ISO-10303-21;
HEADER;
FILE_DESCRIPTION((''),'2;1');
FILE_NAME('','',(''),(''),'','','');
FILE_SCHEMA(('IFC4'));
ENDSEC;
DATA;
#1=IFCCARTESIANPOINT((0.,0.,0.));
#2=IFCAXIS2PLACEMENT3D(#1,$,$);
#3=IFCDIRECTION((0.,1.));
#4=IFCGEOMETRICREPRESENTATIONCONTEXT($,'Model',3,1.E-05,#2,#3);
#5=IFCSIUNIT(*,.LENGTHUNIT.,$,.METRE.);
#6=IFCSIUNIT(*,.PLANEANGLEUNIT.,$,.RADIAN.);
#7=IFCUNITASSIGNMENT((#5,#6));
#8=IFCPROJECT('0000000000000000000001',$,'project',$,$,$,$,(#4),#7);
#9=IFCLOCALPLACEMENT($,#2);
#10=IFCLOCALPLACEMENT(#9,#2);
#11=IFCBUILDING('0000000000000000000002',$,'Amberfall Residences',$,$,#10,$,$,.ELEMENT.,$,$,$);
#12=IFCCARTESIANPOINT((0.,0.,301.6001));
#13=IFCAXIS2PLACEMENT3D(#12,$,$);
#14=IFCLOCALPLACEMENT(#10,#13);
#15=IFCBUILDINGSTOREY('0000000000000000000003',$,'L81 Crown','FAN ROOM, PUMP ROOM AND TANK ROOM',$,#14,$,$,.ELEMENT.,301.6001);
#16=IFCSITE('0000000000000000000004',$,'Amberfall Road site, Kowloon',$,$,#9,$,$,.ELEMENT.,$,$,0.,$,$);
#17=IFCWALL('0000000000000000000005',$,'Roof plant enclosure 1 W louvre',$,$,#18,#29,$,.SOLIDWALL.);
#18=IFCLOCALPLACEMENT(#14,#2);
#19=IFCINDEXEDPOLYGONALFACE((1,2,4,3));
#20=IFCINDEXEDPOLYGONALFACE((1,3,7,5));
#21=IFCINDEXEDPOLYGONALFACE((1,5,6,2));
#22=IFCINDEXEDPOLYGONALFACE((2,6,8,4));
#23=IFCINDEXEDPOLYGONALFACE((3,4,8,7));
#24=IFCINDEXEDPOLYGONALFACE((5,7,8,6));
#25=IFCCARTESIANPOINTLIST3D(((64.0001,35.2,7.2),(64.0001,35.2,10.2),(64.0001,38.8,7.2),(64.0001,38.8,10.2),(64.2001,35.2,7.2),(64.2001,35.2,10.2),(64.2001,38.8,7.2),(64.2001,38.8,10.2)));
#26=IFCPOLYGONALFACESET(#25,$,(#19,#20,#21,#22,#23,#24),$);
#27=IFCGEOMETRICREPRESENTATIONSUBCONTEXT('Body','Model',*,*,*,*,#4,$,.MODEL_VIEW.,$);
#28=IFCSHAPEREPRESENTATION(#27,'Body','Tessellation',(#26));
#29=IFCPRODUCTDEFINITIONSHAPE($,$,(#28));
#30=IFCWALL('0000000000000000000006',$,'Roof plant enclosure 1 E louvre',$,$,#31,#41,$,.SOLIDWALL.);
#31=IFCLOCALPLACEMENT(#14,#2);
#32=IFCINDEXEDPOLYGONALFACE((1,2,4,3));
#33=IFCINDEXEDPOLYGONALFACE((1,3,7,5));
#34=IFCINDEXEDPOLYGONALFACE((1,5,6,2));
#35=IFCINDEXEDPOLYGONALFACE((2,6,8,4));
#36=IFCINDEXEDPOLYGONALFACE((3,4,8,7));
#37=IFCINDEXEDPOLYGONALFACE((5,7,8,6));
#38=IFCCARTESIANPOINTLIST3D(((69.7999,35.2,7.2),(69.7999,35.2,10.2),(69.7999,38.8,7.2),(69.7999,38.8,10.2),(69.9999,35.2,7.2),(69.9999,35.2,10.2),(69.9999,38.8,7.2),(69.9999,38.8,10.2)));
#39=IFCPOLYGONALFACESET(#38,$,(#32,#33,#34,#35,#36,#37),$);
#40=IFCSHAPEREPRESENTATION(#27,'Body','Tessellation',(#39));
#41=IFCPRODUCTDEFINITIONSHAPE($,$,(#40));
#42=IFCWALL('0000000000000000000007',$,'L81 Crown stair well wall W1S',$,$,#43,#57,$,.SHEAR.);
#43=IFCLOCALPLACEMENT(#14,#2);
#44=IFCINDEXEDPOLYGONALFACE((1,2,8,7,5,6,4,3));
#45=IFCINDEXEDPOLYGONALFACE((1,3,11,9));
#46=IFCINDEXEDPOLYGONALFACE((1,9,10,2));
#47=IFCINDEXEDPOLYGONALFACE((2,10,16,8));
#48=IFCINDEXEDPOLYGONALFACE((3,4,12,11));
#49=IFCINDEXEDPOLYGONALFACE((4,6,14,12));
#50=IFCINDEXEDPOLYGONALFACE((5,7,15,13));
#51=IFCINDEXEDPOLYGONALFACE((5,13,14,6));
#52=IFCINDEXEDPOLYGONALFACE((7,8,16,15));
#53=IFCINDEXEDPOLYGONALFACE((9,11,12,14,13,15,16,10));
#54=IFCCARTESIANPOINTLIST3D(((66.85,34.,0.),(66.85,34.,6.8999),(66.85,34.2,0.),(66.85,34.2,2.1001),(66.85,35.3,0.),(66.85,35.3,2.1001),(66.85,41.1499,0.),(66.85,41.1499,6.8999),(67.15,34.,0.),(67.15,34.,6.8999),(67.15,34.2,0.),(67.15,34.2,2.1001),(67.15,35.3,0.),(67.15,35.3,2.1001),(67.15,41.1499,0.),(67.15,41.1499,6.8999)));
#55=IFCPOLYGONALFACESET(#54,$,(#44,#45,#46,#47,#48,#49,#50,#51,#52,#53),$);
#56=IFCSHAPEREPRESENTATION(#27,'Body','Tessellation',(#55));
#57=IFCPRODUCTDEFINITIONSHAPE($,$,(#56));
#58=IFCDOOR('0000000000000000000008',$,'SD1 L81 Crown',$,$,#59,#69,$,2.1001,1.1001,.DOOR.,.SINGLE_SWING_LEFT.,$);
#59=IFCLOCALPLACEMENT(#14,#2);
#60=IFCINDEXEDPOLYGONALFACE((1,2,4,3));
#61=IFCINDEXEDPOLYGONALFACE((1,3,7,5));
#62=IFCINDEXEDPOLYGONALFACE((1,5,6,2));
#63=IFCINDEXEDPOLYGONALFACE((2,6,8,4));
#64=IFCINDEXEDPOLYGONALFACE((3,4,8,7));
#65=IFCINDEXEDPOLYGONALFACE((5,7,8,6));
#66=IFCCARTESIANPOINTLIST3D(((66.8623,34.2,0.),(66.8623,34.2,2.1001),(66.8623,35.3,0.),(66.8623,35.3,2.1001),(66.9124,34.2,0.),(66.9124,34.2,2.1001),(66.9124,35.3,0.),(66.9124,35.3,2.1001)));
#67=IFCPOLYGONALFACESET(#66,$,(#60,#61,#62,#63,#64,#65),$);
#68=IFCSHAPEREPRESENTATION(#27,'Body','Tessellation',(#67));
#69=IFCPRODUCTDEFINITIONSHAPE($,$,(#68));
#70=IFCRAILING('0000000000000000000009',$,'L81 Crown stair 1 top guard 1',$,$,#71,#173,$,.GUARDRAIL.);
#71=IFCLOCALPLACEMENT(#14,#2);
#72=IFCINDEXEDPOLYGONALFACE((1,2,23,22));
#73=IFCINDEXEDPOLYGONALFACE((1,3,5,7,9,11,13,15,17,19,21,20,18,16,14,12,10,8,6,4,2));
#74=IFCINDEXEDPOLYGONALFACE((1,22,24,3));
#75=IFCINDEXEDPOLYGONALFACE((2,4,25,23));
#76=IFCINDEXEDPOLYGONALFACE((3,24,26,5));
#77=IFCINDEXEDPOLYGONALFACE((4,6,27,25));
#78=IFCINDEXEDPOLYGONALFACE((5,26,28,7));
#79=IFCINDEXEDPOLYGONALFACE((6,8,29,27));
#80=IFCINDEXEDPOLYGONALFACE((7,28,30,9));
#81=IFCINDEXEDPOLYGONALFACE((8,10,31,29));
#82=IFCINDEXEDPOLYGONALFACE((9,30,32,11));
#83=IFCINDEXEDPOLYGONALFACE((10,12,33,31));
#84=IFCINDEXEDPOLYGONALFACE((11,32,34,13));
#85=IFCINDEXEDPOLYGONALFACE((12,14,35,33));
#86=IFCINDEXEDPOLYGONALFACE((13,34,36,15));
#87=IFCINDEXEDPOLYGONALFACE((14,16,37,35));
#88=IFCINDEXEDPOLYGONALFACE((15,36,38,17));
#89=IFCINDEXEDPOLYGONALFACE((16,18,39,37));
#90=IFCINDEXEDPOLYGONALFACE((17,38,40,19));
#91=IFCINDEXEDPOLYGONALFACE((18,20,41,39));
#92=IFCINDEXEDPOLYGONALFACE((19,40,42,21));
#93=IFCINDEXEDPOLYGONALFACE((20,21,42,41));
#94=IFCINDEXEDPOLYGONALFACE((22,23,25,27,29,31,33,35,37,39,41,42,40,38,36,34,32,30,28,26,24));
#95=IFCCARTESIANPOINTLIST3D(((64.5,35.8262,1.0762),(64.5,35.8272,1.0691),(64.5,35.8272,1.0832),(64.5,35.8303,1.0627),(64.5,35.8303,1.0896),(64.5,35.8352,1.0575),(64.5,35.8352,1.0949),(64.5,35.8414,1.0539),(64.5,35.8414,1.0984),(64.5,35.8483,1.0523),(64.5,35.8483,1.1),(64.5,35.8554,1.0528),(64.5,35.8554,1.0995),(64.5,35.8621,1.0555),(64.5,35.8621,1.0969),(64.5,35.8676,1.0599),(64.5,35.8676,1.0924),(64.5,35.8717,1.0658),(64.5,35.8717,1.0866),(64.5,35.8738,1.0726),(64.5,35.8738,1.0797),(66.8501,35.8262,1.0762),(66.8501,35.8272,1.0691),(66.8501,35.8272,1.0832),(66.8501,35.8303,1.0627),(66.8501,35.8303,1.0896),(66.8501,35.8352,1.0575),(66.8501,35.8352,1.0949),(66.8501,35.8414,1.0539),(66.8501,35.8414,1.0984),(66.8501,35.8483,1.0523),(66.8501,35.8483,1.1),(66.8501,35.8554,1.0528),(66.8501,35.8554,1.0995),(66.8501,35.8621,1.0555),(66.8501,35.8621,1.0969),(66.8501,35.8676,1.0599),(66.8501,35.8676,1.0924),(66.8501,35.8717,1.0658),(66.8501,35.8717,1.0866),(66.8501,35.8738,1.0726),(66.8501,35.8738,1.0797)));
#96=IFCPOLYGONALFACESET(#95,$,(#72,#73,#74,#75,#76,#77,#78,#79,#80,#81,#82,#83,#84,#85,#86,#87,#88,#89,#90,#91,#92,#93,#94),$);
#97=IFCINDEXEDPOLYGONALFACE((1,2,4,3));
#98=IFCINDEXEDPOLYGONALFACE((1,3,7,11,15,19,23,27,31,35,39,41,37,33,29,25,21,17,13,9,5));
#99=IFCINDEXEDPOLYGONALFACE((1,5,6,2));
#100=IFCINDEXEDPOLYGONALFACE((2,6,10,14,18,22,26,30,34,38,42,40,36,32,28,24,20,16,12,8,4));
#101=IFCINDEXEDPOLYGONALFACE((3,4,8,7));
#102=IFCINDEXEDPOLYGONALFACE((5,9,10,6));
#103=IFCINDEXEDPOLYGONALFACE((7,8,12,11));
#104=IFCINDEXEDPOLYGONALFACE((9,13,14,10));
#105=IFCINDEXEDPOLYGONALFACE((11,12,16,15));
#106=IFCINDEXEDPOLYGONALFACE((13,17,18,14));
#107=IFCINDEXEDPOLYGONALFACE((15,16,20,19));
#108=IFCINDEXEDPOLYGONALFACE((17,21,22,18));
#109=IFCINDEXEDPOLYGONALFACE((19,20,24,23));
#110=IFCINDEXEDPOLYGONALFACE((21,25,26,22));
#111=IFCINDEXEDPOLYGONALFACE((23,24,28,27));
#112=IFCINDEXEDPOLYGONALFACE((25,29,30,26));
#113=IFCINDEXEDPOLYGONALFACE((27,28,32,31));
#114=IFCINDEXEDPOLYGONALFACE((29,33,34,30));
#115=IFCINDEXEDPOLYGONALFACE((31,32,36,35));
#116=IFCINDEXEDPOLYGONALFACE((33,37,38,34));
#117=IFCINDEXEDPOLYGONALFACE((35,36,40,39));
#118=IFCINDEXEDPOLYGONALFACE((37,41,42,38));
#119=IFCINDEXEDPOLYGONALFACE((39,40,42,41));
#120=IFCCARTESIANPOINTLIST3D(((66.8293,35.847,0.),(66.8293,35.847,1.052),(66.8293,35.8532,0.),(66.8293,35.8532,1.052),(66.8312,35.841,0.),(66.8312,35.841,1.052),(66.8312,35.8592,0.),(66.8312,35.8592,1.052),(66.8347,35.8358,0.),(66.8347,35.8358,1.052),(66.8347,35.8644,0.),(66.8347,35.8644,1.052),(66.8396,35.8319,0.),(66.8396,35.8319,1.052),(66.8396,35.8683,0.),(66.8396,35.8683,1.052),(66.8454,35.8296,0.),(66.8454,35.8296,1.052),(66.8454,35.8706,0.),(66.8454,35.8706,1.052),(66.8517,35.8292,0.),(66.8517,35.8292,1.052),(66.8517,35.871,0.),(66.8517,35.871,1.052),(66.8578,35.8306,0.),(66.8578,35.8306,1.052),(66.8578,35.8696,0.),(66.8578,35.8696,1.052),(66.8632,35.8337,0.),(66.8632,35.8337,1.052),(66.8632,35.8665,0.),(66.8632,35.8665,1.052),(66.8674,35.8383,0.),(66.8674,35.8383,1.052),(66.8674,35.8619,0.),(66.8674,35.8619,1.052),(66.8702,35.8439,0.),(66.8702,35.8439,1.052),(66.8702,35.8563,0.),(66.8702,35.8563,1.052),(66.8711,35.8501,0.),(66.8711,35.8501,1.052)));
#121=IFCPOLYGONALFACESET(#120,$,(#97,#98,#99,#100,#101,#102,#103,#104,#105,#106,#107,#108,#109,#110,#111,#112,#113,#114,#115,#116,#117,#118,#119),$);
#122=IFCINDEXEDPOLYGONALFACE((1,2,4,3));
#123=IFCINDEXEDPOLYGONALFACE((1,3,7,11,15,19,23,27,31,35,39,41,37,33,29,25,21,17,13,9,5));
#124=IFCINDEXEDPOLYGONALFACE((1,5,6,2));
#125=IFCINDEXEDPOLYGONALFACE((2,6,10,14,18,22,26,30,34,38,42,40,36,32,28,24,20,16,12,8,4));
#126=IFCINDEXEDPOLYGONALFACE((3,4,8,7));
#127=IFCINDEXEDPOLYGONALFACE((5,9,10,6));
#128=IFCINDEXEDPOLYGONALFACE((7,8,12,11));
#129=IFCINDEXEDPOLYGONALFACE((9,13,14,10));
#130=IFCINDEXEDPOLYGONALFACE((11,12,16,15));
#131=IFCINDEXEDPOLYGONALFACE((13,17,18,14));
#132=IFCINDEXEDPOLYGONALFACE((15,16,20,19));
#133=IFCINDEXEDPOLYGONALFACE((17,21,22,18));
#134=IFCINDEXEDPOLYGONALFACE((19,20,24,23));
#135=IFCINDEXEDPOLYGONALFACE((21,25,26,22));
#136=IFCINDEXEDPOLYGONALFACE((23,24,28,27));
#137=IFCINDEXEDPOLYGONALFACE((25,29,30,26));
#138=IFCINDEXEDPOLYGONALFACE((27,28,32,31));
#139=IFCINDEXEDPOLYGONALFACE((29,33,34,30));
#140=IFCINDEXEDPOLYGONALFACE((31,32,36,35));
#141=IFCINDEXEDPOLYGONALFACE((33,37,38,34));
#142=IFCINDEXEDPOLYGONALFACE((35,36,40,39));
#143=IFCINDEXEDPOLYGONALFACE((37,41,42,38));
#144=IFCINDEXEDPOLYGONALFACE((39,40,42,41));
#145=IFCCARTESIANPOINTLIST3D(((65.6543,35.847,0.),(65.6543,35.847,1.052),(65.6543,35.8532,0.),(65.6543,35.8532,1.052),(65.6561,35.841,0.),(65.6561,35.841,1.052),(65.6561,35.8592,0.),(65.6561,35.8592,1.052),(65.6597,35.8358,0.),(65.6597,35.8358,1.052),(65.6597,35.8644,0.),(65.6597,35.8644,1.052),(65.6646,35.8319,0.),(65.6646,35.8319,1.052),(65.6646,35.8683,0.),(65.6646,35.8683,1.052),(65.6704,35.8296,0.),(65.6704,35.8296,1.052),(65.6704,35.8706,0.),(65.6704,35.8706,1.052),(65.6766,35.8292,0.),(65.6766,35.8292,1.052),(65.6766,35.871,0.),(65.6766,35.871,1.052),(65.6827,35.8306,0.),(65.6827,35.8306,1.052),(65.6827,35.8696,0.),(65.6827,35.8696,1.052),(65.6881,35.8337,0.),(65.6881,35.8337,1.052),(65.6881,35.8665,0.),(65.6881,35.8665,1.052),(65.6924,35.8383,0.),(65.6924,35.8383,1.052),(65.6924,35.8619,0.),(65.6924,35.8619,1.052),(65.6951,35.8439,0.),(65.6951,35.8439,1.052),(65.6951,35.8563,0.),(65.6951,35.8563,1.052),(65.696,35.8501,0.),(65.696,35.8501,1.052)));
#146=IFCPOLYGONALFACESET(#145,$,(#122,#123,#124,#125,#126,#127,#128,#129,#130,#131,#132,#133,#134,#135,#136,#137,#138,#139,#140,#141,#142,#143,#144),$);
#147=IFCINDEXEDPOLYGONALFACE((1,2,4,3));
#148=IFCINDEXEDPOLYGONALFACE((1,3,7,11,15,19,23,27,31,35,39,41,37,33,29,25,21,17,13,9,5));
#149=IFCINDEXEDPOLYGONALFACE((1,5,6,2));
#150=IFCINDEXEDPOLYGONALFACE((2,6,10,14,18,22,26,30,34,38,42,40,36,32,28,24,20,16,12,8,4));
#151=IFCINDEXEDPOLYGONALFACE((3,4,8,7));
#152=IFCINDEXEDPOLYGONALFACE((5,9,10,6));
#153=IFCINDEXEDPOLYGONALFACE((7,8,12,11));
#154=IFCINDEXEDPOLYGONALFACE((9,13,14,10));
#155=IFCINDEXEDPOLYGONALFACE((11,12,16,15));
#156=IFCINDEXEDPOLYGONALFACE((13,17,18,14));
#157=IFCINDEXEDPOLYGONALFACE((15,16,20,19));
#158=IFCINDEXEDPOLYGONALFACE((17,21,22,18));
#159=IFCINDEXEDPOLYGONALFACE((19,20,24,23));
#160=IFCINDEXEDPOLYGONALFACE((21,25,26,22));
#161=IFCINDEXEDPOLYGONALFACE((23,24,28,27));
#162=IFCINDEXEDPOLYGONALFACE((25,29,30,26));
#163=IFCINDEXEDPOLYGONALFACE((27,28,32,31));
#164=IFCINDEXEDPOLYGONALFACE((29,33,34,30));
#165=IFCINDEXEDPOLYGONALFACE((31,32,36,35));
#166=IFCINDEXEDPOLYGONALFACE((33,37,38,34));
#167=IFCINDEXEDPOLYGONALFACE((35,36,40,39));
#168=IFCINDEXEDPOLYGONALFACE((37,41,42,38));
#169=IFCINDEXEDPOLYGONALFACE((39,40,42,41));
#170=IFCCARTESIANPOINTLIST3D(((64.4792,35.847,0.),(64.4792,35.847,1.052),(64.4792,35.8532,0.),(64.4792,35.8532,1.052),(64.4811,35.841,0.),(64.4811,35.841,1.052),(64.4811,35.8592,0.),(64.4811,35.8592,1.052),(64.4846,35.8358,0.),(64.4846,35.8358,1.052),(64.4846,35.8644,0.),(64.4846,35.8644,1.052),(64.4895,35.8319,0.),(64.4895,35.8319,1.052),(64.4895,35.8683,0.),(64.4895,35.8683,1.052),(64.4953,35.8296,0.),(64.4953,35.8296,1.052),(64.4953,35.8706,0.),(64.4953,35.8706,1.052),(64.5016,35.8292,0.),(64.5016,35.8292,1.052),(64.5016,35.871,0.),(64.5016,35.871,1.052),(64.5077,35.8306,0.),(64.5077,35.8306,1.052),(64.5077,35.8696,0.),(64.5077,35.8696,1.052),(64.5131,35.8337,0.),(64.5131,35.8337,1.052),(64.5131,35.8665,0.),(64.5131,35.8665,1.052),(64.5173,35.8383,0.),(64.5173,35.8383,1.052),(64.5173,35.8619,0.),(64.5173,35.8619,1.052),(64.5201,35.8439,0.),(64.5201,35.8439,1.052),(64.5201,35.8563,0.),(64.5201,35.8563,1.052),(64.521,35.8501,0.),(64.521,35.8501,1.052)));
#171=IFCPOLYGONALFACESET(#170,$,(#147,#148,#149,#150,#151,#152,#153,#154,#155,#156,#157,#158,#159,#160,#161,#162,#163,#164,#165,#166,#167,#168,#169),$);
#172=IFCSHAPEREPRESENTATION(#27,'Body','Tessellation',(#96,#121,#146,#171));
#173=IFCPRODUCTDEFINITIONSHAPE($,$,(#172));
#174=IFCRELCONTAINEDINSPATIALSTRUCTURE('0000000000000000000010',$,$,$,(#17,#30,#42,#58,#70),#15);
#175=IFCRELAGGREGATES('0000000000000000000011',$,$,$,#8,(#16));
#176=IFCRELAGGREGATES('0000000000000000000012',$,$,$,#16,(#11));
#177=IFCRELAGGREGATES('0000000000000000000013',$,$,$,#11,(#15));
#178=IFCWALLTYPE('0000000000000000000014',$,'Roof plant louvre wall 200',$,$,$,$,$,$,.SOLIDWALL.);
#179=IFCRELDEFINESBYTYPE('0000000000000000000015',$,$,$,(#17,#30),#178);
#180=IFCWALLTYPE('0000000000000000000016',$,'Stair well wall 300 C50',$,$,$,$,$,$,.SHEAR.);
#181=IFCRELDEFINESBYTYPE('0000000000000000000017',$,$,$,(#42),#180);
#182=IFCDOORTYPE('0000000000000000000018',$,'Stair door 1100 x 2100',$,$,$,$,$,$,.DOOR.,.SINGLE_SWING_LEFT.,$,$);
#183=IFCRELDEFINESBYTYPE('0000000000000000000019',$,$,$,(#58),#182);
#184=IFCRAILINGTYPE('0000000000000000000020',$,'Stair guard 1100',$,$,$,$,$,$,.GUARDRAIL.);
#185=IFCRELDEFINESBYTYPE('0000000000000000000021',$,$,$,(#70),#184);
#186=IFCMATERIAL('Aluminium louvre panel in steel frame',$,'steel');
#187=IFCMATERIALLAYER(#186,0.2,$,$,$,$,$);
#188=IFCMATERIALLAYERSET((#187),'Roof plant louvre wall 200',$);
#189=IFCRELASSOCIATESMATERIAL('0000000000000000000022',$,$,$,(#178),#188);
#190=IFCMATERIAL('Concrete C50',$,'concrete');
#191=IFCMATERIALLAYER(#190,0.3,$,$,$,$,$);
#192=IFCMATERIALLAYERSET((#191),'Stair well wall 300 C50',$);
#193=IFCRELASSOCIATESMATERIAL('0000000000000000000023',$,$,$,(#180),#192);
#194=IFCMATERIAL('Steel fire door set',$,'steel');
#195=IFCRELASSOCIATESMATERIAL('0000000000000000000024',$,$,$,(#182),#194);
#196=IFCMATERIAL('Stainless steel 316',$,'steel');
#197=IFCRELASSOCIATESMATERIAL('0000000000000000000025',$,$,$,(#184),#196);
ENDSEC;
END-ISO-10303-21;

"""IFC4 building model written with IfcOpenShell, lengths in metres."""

from ifc_helpers import new_model, si_unit, direction, frame, frame_2d, origin, origin_2d, place, context, subcontext, project, spatial, rectangle, circle, extrude, material, layer, layer_set, type_object, element, fill, save


model = new_model("IFC4")

# Units and contexts
model_context = context("Model", 3, precision=1e-05, world=origin(), true_north=direction((0.0, 1.0)))
body_context = subcontext(model_context, "Body", "Model", "MODEL_VIEW")
ifc_project = project(units=[si_unit("LENGTHUNIT", "METRE"), si_unit("PLANEANGLEUNIT", "RADIAN")], contexts=[model_context])

# Site, building, storey
site_placement = place(None, origin())
site = spatial("IfcSite", under=ifc_project, at=site_placement, Name="Amberfall Road site, Kowloon", CompositionType="ELEMENT", RefElevation=0.0)
building_placement = place(site_placement, origin())
building = spatial("IfcBuilding", under=site, at=building_placement, Name="Amberfall Residences", CompositionType="ELEMENT")
storey_placement = place(building_placement, frame((0.0, 0.0, 301.6001)))
storey = spatial("IfcBuildingStorey", under=building, at=storey_placement, Name="L81 Crown", Description="FAN ROOM, PUMP ROOM AND TANK ROOM", CompositionType="ELEMENT", Elevation=301.6001)

# Shared definitions
ifc_material_1 = material(Name="Steel fire door set", Category="steel")

# Shared definitions
ifc_material_2 = material(Name="Concrete C50", Category="concrete")

# Shared definitions
ifc_material_3 = material(Name="Aluminium louvre panel in steel frame", Category="steel")
ifc_layer_1 = layer(ifc_material_3, 0.2)
ifc_layer_set_1 = layer_set([ifc_layer_1], Name="Roof plant louvre wall 200")
wall_type_1 = type_object("IfcWallType", Name="Roof plant louvre wall 200", PredefinedType="SOLIDWALL", material=ifc_layer_set_1)

# Walls
for number, where, z_axis, x_axis, name in (
    (1, (64.1001, 35.2, 7.2), (0.0, 0.0, 1.0), (0.0, 1.0, 0.0), "Roof plant enclosure 1 W louvre"),
    (2, (69.8999, 35.2, 7.2), (0.0, 0.0, 1.0), (0.0, 1.0, 0.0), "Roof plant enclosure 1 E louvre"),
):
    element("IfcWall", number, at=place(storey_placement, frame(where, z_axis=z_axis, x_axis=x_axis)), inside=storey, type_object=wall_type_1, Name=name, PredefinedType="SOLIDWALL", context=body_context, shape_type="SweptSolid", body=[
        extrude(rectangle(XDim=3.6001, YDim=0.2, at=frame_2d((1.8, 0.0))), origin(), (0.0, 0.0, 1.0), 3.0),
    ])

# Wall, opening, door
ifc_layer_2 = layer(ifc_material_2, 0.3)
ifc_layer_set_2 = layer_set([ifc_layer_2], Name="Stair well wall 300 C50")
wall_type_2 = type_object("IfcWallType", Name="Stair well wall 300 C50", PredefinedType="SHEAR", material=ifc_layer_set_2)
wall_1_placement = place(storey_placement, frame((67.0, 34.0, 0.0), z_axis=(0.0, 0.0, 1.0), x_axis=(0.0, 1.0, 0.0)))
wall_1 = element("IfcWall", 3, at=wall_1_placement, inside=storey, type_object=wall_type_2, Name="L81 Crown stair well wall W1S", PredefinedType="SHEAR", context=body_context, shape_type="SweptSolid", body=[
    extrude(rectangle(XDim=7.1499, YDim=0.3, at=frame_2d((3.575, 0.0))), origin(), (0.0, 0.0, 1.0), 6.8999),
])
opening_1_placement = place(wall_1_placement, frame((0.2, 0.0, 0.0)))
opening_1 = element("IfcOpeningElement", 4, at=opening_1_placement, cuts=wall_1, PredefinedType="OPENING", context=body_context, shape_type="SweptSolid", body=[
    extrude(rectangle(XDim=1.1001, YDim=2.1001, at=frame_2d((0.55, 1.05))), frame((0.0, 0.1599, 0.0), z_axis=(0.0, -1.0, 0.0), x_axis=(1.0, 0.0, 0.0)), (0.0, 0.0, 1.0), 0.3201),
])
door_type_1 = type_object("IfcDoorType", Name="Stair door 1100 x 2100", OperationType="SINGLE_SWING_LEFT", PredefinedType="DOOR", material=ifc_material_1)
door_1_placement = place(opening_1_placement, origin())
door_1 = element("IfcDoor", 5, at=door_1_placement, inside=storey, type_object=door_type_1, Name="SD1 L81 Crown", OperationType="SINGLE_SWING_LEFT", OverallHeight=2.1001, OverallWidth=1.1001, PredefinedType="DOOR", context=body_context, shape_type="SweptSolid", body=[
    extrude(rectangle(XDim=1.1001, YDim=2.1001, at=frame_2d((0.55, 1.05))), frame((0.0, 0.1377, 0.0), z_axis=(0.0, -1.0, 0.0), x_axis=(1.0, 0.0, 0.0)), (0.0, 0.0, 1.0), 0.05),
])
fill(opening_1, door_1)

# Railing
ifc_material_4 = material(Name="Stainless steel 316", Category="steel")
railing_type = type_object("IfcRailingType", Name="Stair guard 1100", PredefinedType="GUARDRAIL", material=ifc_material_4)
railing_placement = place(storey_placement, frame((66.8501, 35.8501, 0.0)))
element("IfcRailing", 6, at=railing_placement, inside=storey, type_object=railing_type, Name="L81 Crown stair 1 top guard 1", PredefinedType="GUARDRAIL", context=body_context, shape_type="SweptSolid", body=[
    extrude(circle(Radius=0.0239, at=origin_2d()), frame((0.0, 0.0, 1.0762), z_axis=(-1.0, 0.0, 0.0), x_axis=(0.0, -1.0, 0.0)), (0.0, 0.0, 1.0), 2.3501),
    extrude(circle(Radius=0.021, at=origin_2d()), origin(), (0.0, 0.0, 1.0), 1.052),
    extrude(circle(Radius=0.021, at=origin_2d()), frame((-1.175, 0.0, 0.0)), (0.0, 0.0, 1.0), 1.052),
    extrude(circle(Radius=0.021, at=origin_2d()), frame((-2.3501, 0.0, 0.0)), (0.0, 0.0, 1.0), 1.052),
])

save(model, "model.ifc")
